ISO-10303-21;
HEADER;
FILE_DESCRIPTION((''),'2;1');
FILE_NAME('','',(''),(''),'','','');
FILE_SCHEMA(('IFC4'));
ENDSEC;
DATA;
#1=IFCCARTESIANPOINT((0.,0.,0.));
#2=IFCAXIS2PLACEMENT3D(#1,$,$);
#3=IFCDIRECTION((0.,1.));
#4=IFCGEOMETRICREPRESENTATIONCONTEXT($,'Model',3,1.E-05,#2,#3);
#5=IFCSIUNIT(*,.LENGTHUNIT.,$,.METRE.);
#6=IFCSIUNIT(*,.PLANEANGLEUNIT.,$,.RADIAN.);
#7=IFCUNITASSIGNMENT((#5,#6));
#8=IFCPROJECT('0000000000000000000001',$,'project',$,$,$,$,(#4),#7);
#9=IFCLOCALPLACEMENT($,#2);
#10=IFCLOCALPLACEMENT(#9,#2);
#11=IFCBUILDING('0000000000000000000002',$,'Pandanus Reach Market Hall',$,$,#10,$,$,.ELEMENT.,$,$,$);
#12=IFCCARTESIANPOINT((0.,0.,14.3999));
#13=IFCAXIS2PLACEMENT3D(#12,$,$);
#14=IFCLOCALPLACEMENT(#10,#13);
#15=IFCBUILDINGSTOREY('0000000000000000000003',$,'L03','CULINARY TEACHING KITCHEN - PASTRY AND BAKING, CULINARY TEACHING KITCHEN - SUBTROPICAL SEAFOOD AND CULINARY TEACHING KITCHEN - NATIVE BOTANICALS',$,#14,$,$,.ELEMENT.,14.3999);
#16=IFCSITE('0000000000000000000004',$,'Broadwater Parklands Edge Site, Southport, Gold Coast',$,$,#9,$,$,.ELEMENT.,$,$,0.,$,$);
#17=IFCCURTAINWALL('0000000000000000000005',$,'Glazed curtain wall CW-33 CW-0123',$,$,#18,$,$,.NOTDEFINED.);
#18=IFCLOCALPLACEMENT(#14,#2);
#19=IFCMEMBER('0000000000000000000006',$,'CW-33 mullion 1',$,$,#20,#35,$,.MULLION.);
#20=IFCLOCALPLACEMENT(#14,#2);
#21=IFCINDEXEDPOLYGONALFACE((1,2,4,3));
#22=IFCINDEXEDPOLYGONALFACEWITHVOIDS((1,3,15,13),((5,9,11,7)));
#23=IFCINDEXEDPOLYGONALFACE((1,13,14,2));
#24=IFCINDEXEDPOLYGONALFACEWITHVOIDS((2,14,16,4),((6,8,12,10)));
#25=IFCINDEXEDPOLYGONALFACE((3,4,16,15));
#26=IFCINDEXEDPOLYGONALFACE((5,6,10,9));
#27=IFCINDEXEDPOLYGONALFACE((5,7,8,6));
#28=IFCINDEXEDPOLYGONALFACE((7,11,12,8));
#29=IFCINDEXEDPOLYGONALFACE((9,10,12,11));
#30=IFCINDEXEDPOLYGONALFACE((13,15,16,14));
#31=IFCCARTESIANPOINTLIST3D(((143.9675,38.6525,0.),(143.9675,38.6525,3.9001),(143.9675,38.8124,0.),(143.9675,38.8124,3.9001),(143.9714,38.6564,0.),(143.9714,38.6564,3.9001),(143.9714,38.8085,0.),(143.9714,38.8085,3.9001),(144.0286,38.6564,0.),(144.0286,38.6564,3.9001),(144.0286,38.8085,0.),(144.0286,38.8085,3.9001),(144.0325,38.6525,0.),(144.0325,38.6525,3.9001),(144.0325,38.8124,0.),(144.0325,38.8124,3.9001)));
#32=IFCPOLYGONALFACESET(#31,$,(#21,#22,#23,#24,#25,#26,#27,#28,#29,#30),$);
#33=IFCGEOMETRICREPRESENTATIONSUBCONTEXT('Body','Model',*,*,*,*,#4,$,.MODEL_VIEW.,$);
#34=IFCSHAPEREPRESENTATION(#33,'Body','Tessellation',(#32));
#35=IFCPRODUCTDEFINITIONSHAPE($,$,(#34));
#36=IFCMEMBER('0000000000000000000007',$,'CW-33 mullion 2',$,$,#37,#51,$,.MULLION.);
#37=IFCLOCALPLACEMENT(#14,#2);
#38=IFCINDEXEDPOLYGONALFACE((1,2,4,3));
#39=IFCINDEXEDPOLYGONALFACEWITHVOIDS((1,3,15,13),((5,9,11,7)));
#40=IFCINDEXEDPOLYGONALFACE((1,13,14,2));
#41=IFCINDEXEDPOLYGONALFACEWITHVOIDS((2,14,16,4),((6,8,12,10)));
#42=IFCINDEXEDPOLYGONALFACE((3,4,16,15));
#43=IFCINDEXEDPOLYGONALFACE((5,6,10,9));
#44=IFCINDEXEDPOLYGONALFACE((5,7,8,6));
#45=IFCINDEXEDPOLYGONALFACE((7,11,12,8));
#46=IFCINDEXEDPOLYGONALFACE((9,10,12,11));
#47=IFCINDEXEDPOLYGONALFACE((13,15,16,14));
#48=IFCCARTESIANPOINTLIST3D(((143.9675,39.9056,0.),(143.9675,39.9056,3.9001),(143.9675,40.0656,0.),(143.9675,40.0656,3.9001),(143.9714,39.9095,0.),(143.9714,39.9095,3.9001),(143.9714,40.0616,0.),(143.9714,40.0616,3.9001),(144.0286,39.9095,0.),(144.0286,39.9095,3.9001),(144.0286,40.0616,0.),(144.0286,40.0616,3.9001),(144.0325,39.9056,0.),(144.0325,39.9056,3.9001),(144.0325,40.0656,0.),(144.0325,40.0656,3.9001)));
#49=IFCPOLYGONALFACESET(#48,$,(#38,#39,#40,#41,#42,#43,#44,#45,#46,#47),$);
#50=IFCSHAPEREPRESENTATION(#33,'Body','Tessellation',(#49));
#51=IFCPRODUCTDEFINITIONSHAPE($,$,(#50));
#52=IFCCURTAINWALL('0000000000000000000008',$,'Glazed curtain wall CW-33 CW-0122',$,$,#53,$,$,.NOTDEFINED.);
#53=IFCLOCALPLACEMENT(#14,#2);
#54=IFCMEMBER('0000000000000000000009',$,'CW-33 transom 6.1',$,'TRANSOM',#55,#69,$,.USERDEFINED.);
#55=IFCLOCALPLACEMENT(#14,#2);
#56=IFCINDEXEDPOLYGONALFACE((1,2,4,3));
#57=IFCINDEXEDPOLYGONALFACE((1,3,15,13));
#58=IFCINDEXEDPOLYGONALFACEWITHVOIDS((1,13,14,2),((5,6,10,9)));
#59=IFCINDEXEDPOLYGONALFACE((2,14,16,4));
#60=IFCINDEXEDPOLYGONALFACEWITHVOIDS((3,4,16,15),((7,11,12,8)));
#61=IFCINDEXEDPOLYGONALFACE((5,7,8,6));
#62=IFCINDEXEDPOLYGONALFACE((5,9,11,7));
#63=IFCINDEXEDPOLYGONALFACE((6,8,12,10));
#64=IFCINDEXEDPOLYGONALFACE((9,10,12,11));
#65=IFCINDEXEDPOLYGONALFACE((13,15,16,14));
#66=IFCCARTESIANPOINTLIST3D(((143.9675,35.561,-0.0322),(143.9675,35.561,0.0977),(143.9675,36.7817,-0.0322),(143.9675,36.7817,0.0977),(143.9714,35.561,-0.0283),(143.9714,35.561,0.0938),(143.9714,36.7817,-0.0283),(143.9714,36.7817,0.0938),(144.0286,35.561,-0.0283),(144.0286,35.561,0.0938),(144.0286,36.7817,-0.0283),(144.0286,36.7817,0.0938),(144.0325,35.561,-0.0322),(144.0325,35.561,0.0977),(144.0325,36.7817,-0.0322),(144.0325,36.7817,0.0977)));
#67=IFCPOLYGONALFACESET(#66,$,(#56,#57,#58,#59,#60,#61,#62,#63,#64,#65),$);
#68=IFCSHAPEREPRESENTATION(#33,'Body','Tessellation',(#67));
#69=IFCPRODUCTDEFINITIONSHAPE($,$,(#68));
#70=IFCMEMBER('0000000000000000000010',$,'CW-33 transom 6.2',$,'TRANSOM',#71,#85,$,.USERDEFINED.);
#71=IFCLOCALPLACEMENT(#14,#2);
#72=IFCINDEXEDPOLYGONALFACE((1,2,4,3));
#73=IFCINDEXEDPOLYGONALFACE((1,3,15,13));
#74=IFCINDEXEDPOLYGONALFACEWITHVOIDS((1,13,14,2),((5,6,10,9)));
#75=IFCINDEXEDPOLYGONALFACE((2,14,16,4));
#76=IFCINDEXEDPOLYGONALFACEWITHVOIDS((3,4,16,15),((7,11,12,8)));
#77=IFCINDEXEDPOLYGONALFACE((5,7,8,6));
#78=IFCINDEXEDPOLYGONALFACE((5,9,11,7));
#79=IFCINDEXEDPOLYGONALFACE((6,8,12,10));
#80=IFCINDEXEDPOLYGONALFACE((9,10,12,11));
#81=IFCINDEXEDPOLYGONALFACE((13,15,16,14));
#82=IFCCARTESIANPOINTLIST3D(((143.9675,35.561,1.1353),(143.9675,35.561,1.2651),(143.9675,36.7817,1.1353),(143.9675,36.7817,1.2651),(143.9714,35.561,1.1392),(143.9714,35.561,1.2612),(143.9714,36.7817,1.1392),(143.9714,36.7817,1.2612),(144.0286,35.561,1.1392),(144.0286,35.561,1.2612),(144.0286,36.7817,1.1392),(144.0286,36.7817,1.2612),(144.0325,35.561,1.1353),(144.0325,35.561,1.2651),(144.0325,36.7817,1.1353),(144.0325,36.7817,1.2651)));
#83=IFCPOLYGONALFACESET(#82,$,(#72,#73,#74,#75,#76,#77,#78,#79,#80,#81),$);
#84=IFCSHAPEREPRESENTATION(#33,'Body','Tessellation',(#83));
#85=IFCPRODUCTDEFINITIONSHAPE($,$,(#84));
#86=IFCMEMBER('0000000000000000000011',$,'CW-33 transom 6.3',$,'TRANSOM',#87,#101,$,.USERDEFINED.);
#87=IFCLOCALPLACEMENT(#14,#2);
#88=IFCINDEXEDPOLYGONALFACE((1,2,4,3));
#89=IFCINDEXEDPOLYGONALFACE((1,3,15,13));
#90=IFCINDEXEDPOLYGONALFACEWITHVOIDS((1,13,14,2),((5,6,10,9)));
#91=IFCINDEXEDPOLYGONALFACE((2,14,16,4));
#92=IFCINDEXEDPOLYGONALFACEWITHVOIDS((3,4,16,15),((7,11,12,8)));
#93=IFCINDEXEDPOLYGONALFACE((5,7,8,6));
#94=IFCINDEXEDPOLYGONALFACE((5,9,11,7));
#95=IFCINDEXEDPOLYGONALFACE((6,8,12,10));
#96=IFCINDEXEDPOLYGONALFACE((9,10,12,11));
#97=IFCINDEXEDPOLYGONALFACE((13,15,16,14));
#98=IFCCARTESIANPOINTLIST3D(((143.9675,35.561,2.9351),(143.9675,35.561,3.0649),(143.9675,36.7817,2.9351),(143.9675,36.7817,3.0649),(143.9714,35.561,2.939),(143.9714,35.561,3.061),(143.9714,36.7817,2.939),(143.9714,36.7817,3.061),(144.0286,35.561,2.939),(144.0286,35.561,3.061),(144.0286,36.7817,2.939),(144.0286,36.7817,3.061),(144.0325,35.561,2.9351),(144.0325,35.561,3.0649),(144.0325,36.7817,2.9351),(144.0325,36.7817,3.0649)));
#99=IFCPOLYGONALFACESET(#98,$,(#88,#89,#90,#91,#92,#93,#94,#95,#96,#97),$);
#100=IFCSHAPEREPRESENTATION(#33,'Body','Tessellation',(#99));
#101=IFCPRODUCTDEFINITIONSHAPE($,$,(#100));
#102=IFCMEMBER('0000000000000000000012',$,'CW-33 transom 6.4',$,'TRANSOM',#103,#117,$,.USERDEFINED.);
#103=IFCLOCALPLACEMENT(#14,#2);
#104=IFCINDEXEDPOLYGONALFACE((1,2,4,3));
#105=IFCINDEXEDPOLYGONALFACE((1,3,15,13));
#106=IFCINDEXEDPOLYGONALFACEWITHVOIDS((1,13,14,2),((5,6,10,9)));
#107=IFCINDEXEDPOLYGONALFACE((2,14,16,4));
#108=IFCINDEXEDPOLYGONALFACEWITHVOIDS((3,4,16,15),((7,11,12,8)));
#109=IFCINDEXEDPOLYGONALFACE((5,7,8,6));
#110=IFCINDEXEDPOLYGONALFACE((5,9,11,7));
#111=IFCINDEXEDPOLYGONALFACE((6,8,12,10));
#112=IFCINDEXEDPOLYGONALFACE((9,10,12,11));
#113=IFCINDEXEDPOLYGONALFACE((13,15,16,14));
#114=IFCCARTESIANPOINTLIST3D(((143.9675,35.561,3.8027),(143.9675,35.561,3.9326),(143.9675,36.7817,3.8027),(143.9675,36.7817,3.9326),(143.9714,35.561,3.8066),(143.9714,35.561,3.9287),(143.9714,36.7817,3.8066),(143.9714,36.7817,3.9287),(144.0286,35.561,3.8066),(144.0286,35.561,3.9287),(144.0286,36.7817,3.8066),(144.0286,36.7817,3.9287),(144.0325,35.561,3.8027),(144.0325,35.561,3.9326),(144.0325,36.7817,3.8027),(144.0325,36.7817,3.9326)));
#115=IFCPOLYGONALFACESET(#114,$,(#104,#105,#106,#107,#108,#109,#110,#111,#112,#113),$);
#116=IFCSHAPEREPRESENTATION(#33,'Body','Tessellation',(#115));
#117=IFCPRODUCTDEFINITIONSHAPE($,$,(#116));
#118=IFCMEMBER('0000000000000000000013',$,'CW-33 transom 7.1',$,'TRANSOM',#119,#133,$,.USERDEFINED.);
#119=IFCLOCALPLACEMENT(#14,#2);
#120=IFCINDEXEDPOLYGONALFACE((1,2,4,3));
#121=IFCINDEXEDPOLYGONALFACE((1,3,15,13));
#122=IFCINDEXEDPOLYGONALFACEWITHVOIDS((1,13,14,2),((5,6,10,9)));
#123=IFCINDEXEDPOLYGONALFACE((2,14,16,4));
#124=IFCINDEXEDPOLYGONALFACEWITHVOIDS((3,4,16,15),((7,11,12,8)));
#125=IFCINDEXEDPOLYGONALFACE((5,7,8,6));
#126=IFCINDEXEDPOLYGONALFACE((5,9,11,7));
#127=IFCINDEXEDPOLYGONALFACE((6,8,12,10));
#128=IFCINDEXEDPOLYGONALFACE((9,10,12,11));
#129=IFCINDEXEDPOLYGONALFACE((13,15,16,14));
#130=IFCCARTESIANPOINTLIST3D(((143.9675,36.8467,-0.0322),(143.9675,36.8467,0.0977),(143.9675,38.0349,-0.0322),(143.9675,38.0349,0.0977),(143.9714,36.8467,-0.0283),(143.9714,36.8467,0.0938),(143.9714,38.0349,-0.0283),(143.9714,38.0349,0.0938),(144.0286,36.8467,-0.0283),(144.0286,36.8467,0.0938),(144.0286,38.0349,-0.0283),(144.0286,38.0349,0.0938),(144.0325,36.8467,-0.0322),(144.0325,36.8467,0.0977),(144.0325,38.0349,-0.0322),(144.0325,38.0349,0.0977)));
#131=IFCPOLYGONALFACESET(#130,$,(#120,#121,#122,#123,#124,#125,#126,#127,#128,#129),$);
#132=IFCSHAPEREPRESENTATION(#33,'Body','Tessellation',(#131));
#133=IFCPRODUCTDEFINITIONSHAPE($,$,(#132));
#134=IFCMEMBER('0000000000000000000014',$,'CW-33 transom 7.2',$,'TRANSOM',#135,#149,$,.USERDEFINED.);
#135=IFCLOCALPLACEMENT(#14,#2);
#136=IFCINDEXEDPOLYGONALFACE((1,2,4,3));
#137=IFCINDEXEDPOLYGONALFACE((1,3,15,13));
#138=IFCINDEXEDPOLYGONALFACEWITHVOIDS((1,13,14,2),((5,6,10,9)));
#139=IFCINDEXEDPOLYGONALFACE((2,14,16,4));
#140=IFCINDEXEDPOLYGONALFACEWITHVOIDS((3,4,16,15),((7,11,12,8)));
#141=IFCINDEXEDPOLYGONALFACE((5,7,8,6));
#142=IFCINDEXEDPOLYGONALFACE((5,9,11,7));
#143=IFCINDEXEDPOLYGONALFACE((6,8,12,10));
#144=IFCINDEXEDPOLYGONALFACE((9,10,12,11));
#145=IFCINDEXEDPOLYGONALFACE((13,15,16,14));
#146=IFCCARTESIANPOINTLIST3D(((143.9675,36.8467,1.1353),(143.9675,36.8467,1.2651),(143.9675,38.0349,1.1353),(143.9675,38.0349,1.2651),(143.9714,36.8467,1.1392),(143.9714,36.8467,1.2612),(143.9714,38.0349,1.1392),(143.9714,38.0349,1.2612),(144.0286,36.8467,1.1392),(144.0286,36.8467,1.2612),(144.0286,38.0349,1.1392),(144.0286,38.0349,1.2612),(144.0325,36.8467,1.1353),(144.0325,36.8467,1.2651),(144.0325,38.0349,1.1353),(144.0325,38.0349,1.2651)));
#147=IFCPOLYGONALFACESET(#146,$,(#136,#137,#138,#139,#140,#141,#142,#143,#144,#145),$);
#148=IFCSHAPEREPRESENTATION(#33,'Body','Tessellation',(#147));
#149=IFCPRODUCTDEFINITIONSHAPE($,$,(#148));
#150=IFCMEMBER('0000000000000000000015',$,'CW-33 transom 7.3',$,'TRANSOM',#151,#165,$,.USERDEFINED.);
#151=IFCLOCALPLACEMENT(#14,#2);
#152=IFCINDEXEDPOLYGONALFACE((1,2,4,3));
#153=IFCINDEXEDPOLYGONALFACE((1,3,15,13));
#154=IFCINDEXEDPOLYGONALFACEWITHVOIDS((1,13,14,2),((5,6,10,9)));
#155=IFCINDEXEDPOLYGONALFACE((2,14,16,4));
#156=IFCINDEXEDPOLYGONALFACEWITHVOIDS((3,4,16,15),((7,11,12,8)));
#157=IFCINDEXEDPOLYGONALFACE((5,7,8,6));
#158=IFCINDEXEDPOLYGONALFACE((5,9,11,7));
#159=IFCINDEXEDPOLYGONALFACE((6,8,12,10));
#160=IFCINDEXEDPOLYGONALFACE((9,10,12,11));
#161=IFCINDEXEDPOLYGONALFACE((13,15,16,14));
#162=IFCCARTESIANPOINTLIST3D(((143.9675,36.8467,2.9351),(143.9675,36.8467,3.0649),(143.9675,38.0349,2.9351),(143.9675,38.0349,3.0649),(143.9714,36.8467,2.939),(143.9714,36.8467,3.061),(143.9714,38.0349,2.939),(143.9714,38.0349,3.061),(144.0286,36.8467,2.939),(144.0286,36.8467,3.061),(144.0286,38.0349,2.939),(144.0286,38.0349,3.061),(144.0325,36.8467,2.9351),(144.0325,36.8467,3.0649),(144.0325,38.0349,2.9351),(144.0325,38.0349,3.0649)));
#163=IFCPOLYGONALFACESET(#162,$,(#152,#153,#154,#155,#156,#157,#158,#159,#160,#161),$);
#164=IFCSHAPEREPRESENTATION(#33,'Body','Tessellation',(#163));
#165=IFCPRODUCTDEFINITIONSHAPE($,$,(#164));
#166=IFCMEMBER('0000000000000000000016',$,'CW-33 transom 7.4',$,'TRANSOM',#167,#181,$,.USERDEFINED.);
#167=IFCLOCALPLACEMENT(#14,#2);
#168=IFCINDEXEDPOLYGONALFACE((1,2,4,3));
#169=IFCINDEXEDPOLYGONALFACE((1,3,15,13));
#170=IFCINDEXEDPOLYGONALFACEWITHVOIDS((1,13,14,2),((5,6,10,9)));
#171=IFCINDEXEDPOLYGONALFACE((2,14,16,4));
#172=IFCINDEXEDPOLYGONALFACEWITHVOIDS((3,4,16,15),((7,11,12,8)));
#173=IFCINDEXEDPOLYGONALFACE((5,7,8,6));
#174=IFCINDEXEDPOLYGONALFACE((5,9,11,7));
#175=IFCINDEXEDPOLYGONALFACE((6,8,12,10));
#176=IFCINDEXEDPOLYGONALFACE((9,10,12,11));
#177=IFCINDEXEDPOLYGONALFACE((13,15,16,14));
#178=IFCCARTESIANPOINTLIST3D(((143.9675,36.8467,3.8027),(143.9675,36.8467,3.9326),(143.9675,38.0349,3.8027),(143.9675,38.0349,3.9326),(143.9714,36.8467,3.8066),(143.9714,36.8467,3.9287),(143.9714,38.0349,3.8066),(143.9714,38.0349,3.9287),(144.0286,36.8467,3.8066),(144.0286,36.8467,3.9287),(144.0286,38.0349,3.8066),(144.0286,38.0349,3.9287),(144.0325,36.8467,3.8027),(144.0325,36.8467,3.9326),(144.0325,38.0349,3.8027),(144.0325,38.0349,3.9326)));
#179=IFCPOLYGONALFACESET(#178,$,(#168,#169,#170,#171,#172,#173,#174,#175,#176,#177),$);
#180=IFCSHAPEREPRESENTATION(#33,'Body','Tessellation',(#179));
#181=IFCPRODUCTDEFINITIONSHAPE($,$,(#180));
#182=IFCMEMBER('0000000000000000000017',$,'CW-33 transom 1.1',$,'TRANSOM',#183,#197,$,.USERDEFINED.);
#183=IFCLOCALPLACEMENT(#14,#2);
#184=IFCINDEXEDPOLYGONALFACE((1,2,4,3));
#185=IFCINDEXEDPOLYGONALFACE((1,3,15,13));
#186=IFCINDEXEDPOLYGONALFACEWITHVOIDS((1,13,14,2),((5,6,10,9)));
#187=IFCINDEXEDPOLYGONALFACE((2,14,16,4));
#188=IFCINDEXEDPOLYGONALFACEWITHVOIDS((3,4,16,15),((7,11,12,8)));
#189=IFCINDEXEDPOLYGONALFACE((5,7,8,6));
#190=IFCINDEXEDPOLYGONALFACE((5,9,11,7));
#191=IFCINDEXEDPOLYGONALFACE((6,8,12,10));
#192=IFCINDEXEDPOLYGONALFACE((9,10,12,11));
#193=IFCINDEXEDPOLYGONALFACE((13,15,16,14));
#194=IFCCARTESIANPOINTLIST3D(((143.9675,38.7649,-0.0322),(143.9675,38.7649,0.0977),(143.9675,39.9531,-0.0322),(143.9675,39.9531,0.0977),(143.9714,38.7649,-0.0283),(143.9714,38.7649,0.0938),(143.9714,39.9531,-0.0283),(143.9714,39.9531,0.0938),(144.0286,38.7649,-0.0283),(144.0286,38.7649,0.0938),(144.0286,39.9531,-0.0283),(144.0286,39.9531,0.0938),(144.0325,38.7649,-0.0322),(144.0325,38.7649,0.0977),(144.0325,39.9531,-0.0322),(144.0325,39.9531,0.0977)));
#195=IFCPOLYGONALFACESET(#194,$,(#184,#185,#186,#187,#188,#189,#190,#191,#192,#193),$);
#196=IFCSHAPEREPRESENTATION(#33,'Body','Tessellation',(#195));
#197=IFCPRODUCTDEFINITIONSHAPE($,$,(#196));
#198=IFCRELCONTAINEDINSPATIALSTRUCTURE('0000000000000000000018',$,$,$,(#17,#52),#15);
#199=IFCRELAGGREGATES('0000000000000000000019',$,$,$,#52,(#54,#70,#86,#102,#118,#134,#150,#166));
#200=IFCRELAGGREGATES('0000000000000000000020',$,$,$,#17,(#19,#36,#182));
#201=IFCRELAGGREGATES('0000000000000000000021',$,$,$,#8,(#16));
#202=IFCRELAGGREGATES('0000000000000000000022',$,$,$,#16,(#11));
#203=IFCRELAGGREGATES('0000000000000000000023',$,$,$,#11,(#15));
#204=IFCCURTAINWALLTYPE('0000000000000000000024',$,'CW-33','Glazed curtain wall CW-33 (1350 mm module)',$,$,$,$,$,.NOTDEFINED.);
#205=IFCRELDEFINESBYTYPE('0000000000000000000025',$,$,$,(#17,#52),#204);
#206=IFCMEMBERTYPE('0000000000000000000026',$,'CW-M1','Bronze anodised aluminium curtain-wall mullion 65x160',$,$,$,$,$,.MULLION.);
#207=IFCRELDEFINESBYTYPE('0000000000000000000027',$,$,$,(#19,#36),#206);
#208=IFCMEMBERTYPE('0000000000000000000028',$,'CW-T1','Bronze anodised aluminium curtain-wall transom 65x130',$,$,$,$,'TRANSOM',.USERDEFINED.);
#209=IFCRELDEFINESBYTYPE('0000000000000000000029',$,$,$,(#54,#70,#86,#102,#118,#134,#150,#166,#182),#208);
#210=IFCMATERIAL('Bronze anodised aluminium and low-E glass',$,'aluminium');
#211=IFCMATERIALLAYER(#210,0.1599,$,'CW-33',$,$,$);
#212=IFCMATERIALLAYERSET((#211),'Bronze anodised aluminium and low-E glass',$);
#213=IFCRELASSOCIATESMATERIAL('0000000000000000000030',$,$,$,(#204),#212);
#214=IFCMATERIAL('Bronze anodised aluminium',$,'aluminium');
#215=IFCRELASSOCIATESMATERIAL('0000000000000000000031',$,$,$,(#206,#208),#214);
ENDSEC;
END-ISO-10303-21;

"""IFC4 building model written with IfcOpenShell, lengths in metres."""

from ifc_helpers import new_model, si_unit, direction, frame, origin, origin_2d, place, context, subcontext, project, spatial, hollow_rectangle, extrude, material, layer, layer_set, material_profile, profile_set, type_object, element, aggregate, save


model = new_model("IFC4")

# Units and contexts
model_context = context("Model", 3, precision=1e-05, world=origin(), true_north=direction((0.0, 1.0)))
body_context = subcontext(model_context, "Body", "Model", "MODEL_VIEW")
ifc_project = project(units=[si_unit("LENGTHUNIT", "METRE"), si_unit("PLANEANGLEUNIT", "RADIAN")], contexts=[model_context])

# Site, building, storey
site_placement = place(None, origin())
site = spatial("IfcSite", under=ifc_project, at=site_placement, Name="Broadwater Parklands Edge Site, Southport, Gold Coast", CompositionType="ELEMENT", RefElevation=0.0)
building_placement = place(site_placement, origin())
building = spatial("IfcBuilding", under=site, at=building_placement, Name="Pandanus Reach Market Hall", CompositionType="ELEMENT")
storey_placement = place(building_placement, frame((0.0, 0.0, 14.3999)))
storey = spatial("IfcBuildingStorey", under=building, at=storey_placement, Name="L03", Description="CULINARY TEACHING KITCHEN - PASTRY AND BAKING, CULINARY TEACHING KITCHEN - SUBTROPICAL SEAFOOD AND CULINARY TEACHING KITCHEN - NATIVE BOTANICALS", CompositionType="ELEMENT", Elevation=14.3999)

# Curtain walls, members
ifc_material_1 = material(Name="Bronze anodised aluminium and low-E glass", Category="aluminium")
ifc_layer_1 = layer(ifc_material_1, 0.1599, Name="CW-33")
ifc_layer_set_1 = layer_set([ifc_layer_1], Name="Bronze anodised aluminium and low-E glass")
curtain_wall_type = type_object("IfcCurtainWallType", Name="CW-33", Description="Glazed curtain wall CW-33 (1350 mm module)", PredefinedType="NOTDEFINED", material=ifc_layer_set_1)
curtain_wall_1_placement = place(storey_placement, origin())
curtain_wall_1 = element("IfcCurtainWall", 1, at=curtain_wall_1_placement, inside=storey, type_object=curtain_wall_type, Name="Glazed curtain wall CW-33 CW-0123", PredefinedType="NOTDEFINED")
ifc_material_2 = material(Name="Bronze anodised aluminium", Category="aluminium")
ifc_material_profile_1 = material_profile(ifc_material_2, hollow_rectangle(XDim=0.0649, YDim=0.1599, WallThickness=0.0039, at=origin_2d()), Name="ALU65x160", Category="LoadBearing")
ifc_profile_set_1 = profile_set([ifc_material_profile_1], Name="Bronze anodised aluminium")
member_type_1 = type_object("IfcMemberType", Name="CW-M1", Description="Bronze anodised aluminium curtain-wall mullion 65x160", PredefinedType="MULLION", material=ifc_profile_set_1)
member_1_placement = place(storey_placement, frame((144.0, 38.7324, 0.0), z_axis=(0.0, 0.0, 1.0), x_axis=(-1.0, 0.0, 0.0)))
member_1 = element("IfcMember", 2, at=member_1_placement, type_object=member_type_1, Name="CW-33 mullion 1", PredefinedType="MULLION", context=body_context, shape_type="SweptSolid", body=[
    extrude(hollow_rectangle(XDim=0.0649, YDim=0.1599, WallThickness=0.0039, at=origin_2d()), origin(), (0.0, 0.0, 1.0), 3.9001),
])
member_2_placement = place(storey_placement, frame((144.0, 39.9856, 0.0), z_axis=(0.0, 0.0, 1.0), x_axis=(-1.0, 0.0, 0.0)))
member_2 = element("IfcMember", 3, at=member_2_placement, type_object=member_type_1, Name="CW-33 mullion 2", PredefinedType="MULLION", context=body_context, shape_type="SweptSolid", body=[
    extrude(hollow_rectangle(XDim=0.0649, YDim=0.1599, WallThickness=0.0039, at=origin_2d()), origin(), (0.0, 0.0, 1.0), 3.9001),
])
curtain_wall_2_placement = place(storey_placement, origin())
curtain_wall_2 = element("IfcCurtainWall", 4, at=curtain_wall_2_placement, inside=storey, type_object=curtain_wall_type, Name="Glazed curtain wall CW-33 CW-0122", PredefinedType="NOTDEFINED")
ifc_material_profile_2 = material_profile(ifc_material_2, hollow_rectangle(XDim=0.0649, YDim=0.1299, WallThickness=0.0039, at=origin_2d()), Name="ALU65x130", Category="LoadBearing")
ifc_profile_set_2 = profile_set([ifc_material_profile_2], Name="Bronze anodised aluminium")
member_type_2 = type_object("IfcMemberType", Name="CW-T1", Description="Bronze anodised aluminium curtain-wall transom 65x130", ElementType="TRANSOM", PredefinedType="USERDEFINED", material=ifc_profile_set_2)
member_3_placement = place(storey_placement, frame((144.0, 35.561, 0.0327), z_axis=(0.0, 1.0, 0.0), x_axis=(-1.0, 0.0, 0.0)))
member_3 = element("IfcMember", 5, at=member_3_placement, type_object=member_type_2, Name="CW-33 transom 6.1", ObjectType="TRANSOM", PredefinedType="USERDEFINED", context=body_context, shape_type="SweptSolid", body=[
    extrude(hollow_rectangle(XDim=0.0649, YDim=0.1299, WallThickness=0.0039, at=origin_2d()), origin(), (0.0, 0.0, 1.0), 1.2207),
])
member_4_placement = place(storey_placement, frame((144.0, 35.561, 1.2002), z_axis=(0.0, 1.0, 0.0), x_axis=(-1.0, 0.0, 0.0)))
member_4 = element("IfcMember", 6, at=member_4_placement, type_object=member_type_2, Name="CW-33 transom 6.2", ObjectType="TRANSOM", PredefinedType="USERDEFINED", context=body_context, shape_type="SweptSolid", body=[
    extrude(hollow_rectangle(XDim=0.0649, YDim=0.1299, WallThickness=0.0039, at=origin_2d()), origin(), (0.0, 0.0, 1.0), 1.2207),
])
member_5_placement = place(storey_placement, frame((144.0, 35.561, 3.0), z_axis=(0.0, 1.0, 0.0), x_axis=(-1.0, 0.0, 0.0)))
member_5 = element("IfcMember", 7, at=member_5_placement, type_object=member_type_2, Name="CW-33 transom 6.3", ObjectType="TRANSOM", PredefinedType="USERDEFINED", context=body_context, shape_type="SweptSolid", body=[
    extrude(hollow_rectangle(XDim=0.0649, YDim=0.1299, WallThickness=0.0039, at=origin_2d()), origin(), (0.0, 0.0, 1.0), 1.2207),
])
member_6_placement = place(storey_placement, frame((144.0, 35.561, 3.8677), z_axis=(0.0, 1.0, 0.0), x_axis=(-1.0, 0.0, 0.0)))
member_6 = element("IfcMember", 8, at=member_6_placement, type_object=member_type_2, Name="CW-33 transom 6.4", ObjectType="TRANSOM", PredefinedType="USERDEFINED", context=body_context, shape_type="SweptSolid", body=[
    extrude(hollow_rectangle(XDim=0.0649, YDim=0.1299, WallThickness=0.0039, at=origin_2d()), origin(), (0.0, 0.0, 1.0), 1.2207),
])
member_7_placement = place(storey_placement, frame((144.0, 36.8467, 0.0327), z_axis=(0.0, 1.0, 0.0), x_axis=(-1.0, 0.0, 0.0)))
member_7 = element("IfcMember", 9, at=member_7_placement, type_object=member_type_2, Name="CW-33 transom 7.1", ObjectType="TRANSOM", PredefinedType="USERDEFINED", context=body_context, shape_type="SweptSolid", body=[
    extrude(hollow_rectangle(XDim=0.0649, YDim=0.1299, WallThickness=0.0039, at=origin_2d()), origin(), (0.0, 0.0, 1.0), 1.1882),
])
member_8_placement = place(storey_placement, frame((144.0, 36.8467, 1.2002), z_axis=(0.0, 1.0, 0.0), x_axis=(-1.0, 0.0, 0.0)))
member_8 = element("IfcMember", 10, at=member_8_placement, type_object=member_type_2, Name="CW-33 transom 7.2", ObjectType="TRANSOM", PredefinedType="USERDEFINED", context=body_context, shape_type="SweptSolid", body=[
    extrude(hollow_rectangle(XDim=0.0649, YDim=0.1299, WallThickness=0.0039, at=origin_2d()), origin(), (0.0, 0.0, 1.0), 1.1882),
])
member_9_placement = place(storey_placement, frame((144.0, 36.8467, 3.0), z_axis=(0.0, 1.0, 0.0), x_axis=(-1.0, 0.0, 0.0)))
member_9 = element("IfcMember", 11, at=member_9_placement, type_object=member_type_2, Name="CW-33 transom 7.3", ObjectType="TRANSOM", PredefinedType="USERDEFINED", context=body_context, shape_type="SweptSolid", body=[
    extrude(hollow_rectangle(XDim=0.0649, YDim=0.1299, WallThickness=0.0039, at=origin_2d()), origin(), (0.0, 0.0, 1.0), 1.1882),
])
member_10_placement = place(storey_placement, frame((144.0, 36.8467, 3.8677), z_axis=(0.0, 1.0, 0.0), x_axis=(-1.0, 0.0, 0.0)))
member_10 = element("IfcMember", 12, at=member_10_placement, type_object=member_type_2, Name="CW-33 transom 7.4", ObjectType="TRANSOM", PredefinedType="USERDEFINED", context=body_context, shape_type="SweptSolid", body=[
    extrude(hollow_rectangle(XDim=0.0649, YDim=0.1299, WallThickness=0.0039, at=origin_2d()), origin(), (0.0, 0.0, 1.0), 1.1882),
])

# Member
member_11_placement = place(storey_placement, frame((144.0, 38.7649, 0.0327), z_axis=(0.0, 1.0, 0.0), x_axis=(-1.0, 0.0, 0.0)))
member_11 = element("IfcMember", 13, at=member_11_placement, type_object=member_type_2, Name="CW-33 transom 1.1", ObjectType="TRANSOM", PredefinedType="USERDEFINED", context=body_context, shape_type="SweptSolid", body=[
    extrude(hollow_rectangle(XDim=0.0649, YDim=0.1299, WallThickness=0.0039, at=origin_2d()), origin(), (0.0, 0.0, 1.0), 1.1882),
])

aggregate(curtain_wall_2, [member_3, member_4, member_5, member_6, member_7, member_8, member_9, member_10])
aggregate(curtain_wall_1, [member_1, member_2, member_11])

save(model, "model.ifc")
